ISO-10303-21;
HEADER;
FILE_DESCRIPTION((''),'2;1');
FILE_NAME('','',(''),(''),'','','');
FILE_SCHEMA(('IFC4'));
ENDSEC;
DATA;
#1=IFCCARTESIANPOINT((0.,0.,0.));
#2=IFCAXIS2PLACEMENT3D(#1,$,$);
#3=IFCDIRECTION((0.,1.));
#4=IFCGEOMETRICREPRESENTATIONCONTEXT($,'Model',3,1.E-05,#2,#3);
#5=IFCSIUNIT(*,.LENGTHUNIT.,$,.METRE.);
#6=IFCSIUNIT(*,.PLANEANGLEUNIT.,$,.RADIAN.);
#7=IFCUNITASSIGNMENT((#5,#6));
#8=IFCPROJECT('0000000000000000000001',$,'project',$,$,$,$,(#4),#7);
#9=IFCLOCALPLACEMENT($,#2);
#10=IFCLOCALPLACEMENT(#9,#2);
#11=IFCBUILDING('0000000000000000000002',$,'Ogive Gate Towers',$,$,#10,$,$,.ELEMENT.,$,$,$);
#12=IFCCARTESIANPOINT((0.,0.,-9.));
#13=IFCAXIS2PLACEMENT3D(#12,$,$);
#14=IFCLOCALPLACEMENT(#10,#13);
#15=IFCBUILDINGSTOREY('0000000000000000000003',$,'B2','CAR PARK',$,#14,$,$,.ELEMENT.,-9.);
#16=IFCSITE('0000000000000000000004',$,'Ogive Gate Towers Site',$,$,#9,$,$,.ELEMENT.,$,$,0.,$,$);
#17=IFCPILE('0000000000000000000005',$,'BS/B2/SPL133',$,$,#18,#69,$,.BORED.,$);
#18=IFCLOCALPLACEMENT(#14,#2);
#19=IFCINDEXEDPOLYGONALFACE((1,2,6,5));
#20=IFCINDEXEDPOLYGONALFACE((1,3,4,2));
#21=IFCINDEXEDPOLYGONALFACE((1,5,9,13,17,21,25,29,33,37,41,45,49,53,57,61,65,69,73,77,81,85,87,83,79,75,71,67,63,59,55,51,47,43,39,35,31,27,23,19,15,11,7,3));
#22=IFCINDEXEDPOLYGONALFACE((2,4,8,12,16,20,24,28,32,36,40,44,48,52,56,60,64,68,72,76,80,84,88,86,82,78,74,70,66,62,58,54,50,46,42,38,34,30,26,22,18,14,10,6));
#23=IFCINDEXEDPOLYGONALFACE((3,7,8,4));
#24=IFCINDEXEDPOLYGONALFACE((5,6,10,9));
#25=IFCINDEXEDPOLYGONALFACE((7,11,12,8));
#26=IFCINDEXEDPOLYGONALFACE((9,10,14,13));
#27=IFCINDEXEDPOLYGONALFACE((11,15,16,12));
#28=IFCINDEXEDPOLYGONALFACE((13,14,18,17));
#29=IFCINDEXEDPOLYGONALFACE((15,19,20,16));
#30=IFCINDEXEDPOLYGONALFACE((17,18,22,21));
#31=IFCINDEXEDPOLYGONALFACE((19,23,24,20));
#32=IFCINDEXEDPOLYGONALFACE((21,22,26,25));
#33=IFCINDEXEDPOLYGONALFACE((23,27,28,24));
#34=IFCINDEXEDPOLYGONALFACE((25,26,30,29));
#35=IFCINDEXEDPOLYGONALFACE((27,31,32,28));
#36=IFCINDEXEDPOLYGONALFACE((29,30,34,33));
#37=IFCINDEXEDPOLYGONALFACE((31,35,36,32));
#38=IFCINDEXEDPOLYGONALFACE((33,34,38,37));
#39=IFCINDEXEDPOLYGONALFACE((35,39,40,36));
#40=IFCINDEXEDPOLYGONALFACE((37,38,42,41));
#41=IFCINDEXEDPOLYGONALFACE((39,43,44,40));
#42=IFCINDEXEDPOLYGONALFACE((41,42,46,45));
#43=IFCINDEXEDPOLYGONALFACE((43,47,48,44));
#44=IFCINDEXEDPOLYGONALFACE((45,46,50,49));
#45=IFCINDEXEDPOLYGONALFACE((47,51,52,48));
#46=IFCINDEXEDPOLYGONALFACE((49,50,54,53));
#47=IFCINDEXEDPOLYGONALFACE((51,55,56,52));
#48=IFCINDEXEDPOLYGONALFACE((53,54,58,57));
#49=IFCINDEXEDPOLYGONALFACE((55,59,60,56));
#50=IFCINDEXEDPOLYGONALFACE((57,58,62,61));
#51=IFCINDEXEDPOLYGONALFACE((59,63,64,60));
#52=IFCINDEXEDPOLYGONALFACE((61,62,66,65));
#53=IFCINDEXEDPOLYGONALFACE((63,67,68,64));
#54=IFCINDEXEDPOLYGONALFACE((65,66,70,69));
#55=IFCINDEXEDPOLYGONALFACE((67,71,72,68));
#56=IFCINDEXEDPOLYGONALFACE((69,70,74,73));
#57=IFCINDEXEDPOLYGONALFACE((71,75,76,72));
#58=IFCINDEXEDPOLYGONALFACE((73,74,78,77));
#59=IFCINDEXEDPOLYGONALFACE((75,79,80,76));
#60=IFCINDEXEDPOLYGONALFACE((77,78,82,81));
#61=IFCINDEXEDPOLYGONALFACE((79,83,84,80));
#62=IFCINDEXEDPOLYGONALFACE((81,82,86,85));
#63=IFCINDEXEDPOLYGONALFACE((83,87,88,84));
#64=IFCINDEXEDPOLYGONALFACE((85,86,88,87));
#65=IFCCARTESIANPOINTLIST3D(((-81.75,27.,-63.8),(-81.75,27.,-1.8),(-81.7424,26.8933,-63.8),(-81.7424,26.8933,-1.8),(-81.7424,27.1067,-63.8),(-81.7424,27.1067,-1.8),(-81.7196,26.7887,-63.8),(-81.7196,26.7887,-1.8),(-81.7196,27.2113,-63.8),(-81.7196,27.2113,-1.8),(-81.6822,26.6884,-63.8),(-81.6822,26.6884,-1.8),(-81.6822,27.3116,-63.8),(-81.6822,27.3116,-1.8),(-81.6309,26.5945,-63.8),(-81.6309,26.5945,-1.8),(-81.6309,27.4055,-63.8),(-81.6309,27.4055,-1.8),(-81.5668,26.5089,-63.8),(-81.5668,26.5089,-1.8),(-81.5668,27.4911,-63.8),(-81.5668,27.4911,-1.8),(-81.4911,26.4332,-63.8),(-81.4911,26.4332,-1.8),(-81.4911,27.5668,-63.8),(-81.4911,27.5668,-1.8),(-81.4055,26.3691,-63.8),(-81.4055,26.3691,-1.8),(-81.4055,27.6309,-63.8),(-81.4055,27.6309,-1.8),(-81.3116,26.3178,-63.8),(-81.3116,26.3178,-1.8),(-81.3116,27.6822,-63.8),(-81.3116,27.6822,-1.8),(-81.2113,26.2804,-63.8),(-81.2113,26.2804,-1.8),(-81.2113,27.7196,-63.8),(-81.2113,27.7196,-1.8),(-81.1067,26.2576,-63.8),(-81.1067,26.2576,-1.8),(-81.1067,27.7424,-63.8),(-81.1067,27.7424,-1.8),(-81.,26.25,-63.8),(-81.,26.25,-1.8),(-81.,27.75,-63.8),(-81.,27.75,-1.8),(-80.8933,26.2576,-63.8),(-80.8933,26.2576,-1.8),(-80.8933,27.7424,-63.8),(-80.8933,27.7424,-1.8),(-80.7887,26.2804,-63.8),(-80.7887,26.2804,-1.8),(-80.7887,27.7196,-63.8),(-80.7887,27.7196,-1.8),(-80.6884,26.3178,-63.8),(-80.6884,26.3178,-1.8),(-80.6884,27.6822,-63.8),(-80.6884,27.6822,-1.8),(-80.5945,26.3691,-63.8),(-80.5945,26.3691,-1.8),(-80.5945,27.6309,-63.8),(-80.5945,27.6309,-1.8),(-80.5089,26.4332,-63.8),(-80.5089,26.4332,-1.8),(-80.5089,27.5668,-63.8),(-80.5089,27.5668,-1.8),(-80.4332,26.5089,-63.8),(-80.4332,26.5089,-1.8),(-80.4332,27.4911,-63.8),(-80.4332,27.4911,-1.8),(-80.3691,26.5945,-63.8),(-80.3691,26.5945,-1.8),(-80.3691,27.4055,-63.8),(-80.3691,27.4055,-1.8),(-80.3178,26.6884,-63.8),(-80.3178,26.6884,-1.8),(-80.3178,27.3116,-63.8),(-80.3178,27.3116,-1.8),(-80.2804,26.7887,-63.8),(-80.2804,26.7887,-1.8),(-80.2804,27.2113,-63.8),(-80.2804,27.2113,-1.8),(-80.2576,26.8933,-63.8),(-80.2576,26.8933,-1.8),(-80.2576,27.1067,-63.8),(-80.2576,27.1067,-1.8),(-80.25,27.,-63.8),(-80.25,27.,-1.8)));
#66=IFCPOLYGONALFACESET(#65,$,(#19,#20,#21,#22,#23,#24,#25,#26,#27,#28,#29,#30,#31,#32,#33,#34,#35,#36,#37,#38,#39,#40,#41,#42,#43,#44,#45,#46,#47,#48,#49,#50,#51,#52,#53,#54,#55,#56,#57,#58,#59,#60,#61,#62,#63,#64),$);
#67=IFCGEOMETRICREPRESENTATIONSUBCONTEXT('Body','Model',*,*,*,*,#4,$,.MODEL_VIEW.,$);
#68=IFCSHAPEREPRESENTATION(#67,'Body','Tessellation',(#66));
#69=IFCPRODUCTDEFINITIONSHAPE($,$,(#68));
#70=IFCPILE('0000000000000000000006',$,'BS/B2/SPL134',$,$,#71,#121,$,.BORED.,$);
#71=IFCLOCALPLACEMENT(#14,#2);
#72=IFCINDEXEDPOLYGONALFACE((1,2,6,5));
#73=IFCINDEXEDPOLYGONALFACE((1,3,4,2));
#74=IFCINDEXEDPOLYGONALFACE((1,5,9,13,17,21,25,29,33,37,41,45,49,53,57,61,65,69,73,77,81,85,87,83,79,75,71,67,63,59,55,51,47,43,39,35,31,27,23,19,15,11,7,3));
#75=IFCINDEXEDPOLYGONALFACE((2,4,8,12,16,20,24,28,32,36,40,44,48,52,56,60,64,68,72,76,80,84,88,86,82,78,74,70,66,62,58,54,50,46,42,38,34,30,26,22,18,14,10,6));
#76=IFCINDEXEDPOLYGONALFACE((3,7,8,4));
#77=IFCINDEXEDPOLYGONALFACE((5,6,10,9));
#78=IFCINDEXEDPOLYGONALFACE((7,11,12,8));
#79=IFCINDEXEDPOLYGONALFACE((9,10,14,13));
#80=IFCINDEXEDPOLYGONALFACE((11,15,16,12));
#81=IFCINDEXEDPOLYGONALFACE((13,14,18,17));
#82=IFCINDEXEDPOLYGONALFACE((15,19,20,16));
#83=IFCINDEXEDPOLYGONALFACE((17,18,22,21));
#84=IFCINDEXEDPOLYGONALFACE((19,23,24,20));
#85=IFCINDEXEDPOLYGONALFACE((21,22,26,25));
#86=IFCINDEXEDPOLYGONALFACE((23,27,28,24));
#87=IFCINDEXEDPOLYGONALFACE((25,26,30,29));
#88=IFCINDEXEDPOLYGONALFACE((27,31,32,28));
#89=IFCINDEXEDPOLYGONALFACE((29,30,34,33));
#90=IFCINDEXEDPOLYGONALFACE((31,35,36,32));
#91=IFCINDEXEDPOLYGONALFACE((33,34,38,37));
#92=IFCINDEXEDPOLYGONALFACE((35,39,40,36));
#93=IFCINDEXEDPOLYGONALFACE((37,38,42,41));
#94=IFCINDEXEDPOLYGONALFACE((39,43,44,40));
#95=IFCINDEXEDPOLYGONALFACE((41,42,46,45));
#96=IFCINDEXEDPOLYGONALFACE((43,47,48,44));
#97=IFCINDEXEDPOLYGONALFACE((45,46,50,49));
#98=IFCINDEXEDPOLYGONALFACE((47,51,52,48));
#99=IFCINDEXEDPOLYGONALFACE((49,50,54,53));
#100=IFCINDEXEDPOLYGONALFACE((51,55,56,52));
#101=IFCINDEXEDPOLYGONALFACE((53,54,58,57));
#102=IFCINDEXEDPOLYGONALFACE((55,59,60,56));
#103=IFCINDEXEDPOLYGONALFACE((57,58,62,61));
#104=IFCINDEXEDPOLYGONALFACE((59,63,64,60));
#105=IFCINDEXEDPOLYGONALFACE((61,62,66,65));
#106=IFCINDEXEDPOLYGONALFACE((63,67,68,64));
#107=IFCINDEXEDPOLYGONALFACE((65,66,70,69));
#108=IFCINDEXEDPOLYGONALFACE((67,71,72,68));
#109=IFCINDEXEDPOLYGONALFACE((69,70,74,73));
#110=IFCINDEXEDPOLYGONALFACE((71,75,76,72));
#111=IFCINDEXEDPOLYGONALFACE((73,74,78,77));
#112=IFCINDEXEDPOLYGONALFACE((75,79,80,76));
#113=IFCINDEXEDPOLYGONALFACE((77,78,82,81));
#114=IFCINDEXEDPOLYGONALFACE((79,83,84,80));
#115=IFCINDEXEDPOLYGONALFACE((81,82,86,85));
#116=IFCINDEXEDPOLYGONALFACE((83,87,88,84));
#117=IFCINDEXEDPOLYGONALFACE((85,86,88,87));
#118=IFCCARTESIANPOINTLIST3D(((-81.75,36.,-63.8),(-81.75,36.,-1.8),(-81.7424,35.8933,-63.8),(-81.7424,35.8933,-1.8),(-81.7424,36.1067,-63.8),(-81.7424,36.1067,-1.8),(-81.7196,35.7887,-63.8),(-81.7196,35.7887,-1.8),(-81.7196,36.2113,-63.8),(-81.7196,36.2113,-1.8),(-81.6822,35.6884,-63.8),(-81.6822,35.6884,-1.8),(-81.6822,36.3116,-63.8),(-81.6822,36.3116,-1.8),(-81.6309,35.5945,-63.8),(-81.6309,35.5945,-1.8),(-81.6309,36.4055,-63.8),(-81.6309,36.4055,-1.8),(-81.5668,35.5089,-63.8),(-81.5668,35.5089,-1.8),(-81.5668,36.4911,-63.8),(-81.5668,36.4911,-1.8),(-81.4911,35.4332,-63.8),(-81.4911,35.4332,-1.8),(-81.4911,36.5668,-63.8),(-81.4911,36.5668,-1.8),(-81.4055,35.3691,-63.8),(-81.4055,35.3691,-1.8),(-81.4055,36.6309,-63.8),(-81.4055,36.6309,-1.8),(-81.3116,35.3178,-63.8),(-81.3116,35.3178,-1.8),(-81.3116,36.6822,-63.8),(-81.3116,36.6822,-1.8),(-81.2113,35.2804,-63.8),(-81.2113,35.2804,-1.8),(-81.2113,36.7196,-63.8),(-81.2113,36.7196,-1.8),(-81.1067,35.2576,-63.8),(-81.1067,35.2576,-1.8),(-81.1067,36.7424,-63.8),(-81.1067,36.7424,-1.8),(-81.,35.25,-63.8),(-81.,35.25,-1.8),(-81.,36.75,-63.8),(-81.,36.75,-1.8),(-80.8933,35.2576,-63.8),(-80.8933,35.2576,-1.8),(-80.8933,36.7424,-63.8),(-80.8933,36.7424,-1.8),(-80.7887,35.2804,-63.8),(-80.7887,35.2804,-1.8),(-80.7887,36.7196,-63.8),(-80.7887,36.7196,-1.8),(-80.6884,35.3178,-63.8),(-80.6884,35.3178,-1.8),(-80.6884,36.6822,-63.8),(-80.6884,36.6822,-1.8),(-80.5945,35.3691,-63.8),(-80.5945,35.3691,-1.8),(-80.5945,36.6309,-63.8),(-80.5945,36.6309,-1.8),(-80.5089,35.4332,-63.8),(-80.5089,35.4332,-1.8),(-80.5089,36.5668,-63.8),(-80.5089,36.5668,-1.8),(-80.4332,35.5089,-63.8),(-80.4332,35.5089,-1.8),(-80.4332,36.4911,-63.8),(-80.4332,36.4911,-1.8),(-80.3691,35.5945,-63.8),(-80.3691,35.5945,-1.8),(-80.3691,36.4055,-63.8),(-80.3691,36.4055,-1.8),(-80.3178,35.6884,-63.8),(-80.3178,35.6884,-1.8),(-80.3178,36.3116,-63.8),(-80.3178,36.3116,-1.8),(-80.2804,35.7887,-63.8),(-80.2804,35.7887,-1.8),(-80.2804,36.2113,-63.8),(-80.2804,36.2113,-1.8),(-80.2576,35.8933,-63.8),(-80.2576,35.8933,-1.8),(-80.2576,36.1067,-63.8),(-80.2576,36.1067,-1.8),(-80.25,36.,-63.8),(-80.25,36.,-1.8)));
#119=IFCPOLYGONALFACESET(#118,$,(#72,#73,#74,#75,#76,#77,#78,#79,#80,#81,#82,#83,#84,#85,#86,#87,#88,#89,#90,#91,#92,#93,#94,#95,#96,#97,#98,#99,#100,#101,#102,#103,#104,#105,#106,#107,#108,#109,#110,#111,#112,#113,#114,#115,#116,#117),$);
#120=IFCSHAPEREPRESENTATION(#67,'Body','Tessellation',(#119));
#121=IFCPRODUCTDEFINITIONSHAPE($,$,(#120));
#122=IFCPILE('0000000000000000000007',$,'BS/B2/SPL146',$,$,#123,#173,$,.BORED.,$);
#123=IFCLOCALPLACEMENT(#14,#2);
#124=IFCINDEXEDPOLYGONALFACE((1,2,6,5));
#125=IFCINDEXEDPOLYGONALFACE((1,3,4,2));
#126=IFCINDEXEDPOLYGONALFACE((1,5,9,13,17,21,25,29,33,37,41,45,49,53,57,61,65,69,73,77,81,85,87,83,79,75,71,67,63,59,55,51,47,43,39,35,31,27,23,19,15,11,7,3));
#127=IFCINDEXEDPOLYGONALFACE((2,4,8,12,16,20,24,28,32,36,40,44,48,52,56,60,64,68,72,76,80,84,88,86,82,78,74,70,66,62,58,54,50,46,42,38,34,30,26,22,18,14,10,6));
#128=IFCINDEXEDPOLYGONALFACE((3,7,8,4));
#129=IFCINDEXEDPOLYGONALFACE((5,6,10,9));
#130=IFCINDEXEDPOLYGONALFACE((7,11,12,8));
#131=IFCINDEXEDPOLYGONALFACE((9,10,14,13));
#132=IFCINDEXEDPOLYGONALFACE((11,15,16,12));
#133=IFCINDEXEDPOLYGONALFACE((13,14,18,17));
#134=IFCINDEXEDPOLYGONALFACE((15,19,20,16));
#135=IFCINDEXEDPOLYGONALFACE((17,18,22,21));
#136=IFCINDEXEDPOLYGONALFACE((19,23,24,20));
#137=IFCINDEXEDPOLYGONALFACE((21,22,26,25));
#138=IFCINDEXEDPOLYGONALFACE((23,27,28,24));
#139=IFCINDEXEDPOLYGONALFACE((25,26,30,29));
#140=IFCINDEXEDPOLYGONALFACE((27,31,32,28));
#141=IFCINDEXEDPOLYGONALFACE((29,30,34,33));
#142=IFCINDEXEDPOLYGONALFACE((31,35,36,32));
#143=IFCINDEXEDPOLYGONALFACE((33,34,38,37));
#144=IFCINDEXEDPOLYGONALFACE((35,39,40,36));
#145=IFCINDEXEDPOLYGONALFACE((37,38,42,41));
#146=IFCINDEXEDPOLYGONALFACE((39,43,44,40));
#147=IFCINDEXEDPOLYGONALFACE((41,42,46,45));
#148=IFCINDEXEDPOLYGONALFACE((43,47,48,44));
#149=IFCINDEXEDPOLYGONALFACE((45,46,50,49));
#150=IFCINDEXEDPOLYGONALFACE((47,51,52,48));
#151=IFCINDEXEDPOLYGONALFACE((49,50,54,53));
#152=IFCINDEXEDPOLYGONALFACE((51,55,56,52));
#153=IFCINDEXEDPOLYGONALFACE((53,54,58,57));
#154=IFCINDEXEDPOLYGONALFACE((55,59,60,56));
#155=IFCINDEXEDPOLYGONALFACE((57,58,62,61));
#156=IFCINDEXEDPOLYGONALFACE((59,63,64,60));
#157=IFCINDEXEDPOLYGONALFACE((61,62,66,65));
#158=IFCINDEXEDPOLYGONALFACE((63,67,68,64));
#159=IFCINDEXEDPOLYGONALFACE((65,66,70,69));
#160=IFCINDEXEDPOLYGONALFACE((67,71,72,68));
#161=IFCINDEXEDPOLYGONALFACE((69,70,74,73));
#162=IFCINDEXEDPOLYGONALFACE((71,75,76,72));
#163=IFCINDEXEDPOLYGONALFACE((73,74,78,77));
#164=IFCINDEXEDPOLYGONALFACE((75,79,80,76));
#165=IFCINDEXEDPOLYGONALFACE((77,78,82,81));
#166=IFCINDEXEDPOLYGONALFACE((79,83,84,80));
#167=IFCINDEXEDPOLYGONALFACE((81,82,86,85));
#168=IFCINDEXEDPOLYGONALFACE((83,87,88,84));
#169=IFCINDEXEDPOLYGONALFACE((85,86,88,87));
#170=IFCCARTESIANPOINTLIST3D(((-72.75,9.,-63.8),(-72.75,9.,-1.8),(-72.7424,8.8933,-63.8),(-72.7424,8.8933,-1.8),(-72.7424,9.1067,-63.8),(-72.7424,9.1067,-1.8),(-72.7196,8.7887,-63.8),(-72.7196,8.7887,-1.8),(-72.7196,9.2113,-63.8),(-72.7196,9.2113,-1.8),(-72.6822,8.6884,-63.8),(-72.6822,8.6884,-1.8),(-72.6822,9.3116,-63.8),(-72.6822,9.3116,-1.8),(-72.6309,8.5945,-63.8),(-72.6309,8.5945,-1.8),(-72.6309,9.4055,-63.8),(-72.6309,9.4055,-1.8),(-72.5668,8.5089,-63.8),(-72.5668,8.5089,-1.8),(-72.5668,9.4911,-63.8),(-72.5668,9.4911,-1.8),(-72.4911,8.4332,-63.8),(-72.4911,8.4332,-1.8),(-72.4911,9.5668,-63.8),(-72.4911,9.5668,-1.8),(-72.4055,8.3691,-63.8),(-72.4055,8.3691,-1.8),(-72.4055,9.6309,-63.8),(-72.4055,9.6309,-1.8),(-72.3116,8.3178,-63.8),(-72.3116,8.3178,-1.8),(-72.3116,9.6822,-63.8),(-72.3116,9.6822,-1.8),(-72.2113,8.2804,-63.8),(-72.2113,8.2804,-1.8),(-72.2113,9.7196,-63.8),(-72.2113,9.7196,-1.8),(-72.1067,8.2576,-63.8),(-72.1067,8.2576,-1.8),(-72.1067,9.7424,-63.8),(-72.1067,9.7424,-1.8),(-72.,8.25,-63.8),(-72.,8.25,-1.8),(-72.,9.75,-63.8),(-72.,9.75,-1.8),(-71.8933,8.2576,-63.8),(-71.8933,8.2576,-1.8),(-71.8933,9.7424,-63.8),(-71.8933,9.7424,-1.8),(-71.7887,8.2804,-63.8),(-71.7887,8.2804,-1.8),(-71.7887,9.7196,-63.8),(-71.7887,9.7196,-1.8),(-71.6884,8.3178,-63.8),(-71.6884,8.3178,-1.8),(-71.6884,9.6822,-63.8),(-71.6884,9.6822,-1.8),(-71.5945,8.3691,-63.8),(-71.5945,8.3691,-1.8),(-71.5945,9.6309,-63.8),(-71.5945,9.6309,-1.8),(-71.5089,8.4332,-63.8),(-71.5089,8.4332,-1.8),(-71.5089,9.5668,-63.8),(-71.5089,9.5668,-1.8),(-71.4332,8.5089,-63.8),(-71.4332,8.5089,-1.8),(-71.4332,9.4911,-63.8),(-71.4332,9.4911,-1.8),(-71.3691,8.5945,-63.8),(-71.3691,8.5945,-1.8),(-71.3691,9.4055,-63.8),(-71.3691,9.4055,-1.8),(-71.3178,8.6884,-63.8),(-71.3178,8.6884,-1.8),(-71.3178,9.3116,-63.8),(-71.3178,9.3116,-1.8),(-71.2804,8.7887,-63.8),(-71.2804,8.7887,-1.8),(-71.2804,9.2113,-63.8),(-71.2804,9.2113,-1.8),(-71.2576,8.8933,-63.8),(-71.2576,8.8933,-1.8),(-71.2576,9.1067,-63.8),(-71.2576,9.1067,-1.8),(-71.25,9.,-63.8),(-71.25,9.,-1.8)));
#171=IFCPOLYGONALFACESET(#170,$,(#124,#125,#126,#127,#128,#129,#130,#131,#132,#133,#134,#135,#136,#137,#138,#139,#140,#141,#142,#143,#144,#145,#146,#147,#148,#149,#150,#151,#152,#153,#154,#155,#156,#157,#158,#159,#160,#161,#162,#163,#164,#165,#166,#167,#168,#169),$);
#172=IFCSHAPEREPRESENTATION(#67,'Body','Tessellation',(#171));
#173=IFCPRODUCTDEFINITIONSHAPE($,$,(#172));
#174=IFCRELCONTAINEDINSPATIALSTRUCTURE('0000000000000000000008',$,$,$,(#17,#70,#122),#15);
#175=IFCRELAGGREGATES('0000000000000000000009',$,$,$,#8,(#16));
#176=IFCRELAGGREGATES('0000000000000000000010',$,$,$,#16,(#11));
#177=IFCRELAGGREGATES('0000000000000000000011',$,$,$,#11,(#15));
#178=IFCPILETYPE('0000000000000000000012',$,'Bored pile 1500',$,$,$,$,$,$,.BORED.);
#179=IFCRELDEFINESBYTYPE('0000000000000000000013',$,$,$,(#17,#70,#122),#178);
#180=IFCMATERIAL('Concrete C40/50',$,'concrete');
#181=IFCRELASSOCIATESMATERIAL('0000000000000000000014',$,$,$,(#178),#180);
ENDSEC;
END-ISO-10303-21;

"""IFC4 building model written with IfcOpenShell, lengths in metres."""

from ifc_helpers import new_model, si_unit, direction, frame, origin, origin_2d, place, context, subcontext, project, spatial, circle, extrude, material, material_profile, profile_set, type_object, element, save


model = new_model("IFC4")

# Units and contexts
model_context = context("Model", 3, precision=1e-05, world=origin(), true_north=direction((0.0, 1.0)))
body_context = subcontext(model_context, "Body", "Model", "MODEL_VIEW")
ifc_project = project(units=[si_unit("LENGTHUNIT", "METRE"), si_unit("PLANEANGLEUNIT", "RADIAN")], contexts=[model_context])

# Site, building, storey
site_placement = place(None, origin())
site = spatial("IfcSite", under=ifc_project, at=site_placement, Name="Ogive Gate Towers Site", CompositionType="ELEMENT", RefElevation=0.0)
building_placement = place(site_placement, origin())
building = spatial("IfcBuilding", under=site, at=building_placement, Name="Ogive Gate Towers", CompositionType="ELEMENT")
storey_placement = place(building_placement, frame((0.0, 0.0, -9.0)))
storey = spatial("IfcBuildingStorey", under=building, at=storey_placement, Name="B2", Description="CAR PARK", CompositionType="ELEMENT", Elevation=-9.0)

# Piles
ifc_material_1 = material(Name="Concrete C40/50", Category="concrete")
ifc_material_profile_1 = material_profile(ifc_material_1, circle(Radius=0.75, at=origin_2d()), Name="BP 1500")
ifc_profile_set_1 = profile_set([ifc_material_profile_1], Name="Concrete C40/50")
pile_type = type_object("IfcPileType", Name="Bored pile 1500", PredefinedType="BORED", material=ifc_profile_set_1)
for number, where, z_axis, x_axis, name in (
    (1, (-81.0, 27.0, -1.8), (0.0, 0.0, -1.0), (1.0, 0.0, 0.0), "BS/B2/SPL133"),
    (2, (-81.0, 36.0, -1.8), (0.0, 0.0, -1.0), (1.0, 0.0, 0.0), "BS/B2/SPL134"),
    (3, (-72.0, 9.0, -1.8), (0.0, 0.0, -1.0), (1.0, 0.0, 0.0), "BS/B2/SPL146"),
):
    element("IfcPile", number, at=place(storey_placement, frame(where, z_axis=z_axis, x_axis=x_axis)), inside=storey, type_object=pile_type, Name=name, PredefinedType="BORED", context=body_context, shape_type="SweptSolid", body=[
        extrude(circle(Radius=0.75, at=origin_2d()), origin(), (0.0, 0.0, 1.0), 62.0),
    ])

save(model, "model.ifc")
